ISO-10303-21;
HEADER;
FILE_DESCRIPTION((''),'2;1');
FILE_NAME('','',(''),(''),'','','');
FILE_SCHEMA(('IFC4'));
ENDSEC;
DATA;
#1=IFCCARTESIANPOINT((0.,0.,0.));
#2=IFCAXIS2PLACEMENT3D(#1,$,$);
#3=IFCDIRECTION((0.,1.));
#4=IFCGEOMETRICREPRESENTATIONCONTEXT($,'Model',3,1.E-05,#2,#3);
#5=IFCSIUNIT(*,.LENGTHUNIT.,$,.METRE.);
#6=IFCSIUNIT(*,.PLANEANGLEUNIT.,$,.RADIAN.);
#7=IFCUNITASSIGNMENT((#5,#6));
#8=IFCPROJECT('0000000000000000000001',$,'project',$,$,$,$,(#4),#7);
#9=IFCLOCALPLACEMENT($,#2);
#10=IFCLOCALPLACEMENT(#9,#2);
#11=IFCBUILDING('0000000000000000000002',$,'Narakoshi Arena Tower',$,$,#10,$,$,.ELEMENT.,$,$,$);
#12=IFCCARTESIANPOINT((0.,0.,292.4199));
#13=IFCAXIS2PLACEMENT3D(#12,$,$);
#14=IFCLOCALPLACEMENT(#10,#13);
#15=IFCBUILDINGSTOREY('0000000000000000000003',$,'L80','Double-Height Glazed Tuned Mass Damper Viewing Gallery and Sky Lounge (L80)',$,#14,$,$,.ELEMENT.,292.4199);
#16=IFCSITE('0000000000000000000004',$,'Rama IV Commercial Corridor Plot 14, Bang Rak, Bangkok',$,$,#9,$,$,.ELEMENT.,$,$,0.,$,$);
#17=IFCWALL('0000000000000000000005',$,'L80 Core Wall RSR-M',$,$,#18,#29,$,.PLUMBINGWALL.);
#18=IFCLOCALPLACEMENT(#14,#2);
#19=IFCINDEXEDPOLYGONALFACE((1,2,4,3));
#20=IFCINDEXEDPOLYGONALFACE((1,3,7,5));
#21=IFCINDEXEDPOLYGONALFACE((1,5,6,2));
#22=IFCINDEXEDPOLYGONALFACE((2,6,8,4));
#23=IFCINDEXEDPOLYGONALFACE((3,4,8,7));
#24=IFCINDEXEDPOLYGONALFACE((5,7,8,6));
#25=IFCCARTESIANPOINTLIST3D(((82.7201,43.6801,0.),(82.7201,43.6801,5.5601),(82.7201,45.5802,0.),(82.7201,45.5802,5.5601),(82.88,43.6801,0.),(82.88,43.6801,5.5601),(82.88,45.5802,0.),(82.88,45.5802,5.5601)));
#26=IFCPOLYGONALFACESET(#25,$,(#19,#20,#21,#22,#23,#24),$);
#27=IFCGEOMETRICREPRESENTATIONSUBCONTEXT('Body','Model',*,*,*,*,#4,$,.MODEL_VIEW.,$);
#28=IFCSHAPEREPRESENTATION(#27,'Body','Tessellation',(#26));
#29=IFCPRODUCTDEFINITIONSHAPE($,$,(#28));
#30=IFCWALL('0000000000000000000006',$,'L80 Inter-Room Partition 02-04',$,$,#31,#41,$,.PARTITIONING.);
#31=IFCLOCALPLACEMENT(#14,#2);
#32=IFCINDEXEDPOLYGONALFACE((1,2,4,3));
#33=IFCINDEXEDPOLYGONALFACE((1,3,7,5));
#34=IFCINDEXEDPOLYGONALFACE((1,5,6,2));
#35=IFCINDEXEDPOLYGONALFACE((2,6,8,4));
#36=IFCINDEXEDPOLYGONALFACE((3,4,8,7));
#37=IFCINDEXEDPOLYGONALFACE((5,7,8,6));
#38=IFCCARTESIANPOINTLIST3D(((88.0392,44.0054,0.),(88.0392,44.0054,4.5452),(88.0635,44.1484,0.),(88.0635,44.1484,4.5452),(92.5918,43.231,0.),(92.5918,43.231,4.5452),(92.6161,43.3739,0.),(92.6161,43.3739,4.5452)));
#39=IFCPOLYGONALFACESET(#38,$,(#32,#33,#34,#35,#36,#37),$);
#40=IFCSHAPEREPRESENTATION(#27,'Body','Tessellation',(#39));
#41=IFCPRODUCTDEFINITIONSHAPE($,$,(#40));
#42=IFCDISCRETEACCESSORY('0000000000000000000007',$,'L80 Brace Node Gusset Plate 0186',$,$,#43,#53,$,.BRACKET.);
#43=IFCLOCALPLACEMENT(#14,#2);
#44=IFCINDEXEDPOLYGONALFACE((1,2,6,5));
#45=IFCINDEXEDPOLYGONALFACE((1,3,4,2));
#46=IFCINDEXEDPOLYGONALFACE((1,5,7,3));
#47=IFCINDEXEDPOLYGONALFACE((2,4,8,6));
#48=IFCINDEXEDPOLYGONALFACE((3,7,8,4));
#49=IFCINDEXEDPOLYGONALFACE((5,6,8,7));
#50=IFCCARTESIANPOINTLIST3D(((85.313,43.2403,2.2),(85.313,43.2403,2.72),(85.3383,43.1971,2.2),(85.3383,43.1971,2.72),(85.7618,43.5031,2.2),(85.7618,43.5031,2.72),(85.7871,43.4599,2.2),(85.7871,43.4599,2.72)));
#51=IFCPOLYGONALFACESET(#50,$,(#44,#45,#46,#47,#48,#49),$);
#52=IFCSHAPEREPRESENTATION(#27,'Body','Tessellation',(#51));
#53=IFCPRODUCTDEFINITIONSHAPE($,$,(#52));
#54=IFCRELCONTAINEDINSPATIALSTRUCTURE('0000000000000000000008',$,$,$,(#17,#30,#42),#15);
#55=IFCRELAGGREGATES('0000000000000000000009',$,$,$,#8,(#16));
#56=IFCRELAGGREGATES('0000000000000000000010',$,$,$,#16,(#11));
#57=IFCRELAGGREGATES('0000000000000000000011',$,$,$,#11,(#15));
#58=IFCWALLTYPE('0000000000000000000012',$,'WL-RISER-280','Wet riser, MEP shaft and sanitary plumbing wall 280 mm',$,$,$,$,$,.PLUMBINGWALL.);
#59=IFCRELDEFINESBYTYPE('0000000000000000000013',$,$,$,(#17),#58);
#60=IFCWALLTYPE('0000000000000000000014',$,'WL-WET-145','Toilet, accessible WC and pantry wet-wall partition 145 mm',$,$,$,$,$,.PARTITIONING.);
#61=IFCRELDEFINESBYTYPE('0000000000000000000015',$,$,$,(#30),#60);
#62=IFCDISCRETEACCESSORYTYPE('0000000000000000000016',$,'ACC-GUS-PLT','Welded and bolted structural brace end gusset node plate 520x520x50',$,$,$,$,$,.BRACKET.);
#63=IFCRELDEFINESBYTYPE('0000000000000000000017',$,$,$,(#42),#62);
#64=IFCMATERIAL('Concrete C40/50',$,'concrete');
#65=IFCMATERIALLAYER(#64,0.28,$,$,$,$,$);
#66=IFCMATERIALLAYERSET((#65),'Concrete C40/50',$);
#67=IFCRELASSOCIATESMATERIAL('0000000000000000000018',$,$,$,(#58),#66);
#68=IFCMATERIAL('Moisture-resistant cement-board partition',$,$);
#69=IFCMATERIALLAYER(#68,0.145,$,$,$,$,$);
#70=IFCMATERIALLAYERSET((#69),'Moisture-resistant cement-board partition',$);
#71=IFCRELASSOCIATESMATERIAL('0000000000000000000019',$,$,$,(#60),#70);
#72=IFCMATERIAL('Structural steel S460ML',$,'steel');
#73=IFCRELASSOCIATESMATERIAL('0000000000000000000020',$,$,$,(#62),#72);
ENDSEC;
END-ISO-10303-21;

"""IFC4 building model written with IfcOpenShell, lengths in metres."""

from ifc_helpers import new_model, si_unit, direction, frame, frame_2d, origin, origin_2d, place, context, subcontext, project, spatial, rectangle, extrude, material, layer, layer_set, type_object, element, save


model = new_model("IFC4")

# Units and contexts
model_context = context("Model", 3, precision=1e-05, world=origin(), true_north=direction((0.0, 1.0)))
body_context = subcontext(model_context, "Body", "Model", "MODEL_VIEW")
ifc_project = project(units=[si_unit("LENGTHUNIT", "METRE"), si_unit("PLANEANGLEUNIT", "RADIAN")], contexts=[model_context])

# Site, building, storey
site_placement = place(None, origin())
site = spatial("IfcSite", under=ifc_project, at=site_placement, Name="Rama IV Commercial Corridor Plot 14, Bang Rak, Bangkok", CompositionType="ELEMENT", RefElevation=0.0)
building_placement = place(site_placement, origin())
building = spatial("IfcBuilding", under=site, at=building_placement, Name="Narakoshi Arena Tower", CompositionType="ELEMENT")
storey_placement = place(building_placement, frame((0.0, 0.0, 292.4199)))
storey = spatial("IfcBuildingStorey", under=building, at=storey_placement, Name="L80", Description="Double-Height Glazed Tuned Mass Damper Viewing Gallery and Sky Lounge (L80)", CompositionType="ELEMENT", Elevation=292.4199)

# Shared definitions
ifc_material_1 = material(Name="Structural steel S460ML", Category="steel")

# Walls
ifc_material_2 = material(Name="Concrete C40/50", Category="concrete")
ifc_layer_1 = layer(ifc_material_2, 0.28)
ifc_layer_set_1 = layer_set([ifc_layer_1], Name="Concrete C40/50")
wall_type_1 = type_object("IfcWallType", Name="WL-RISER-280", Description="Wet riser, MEP shaft and sanitary plumbing wall 280 mm", PredefinedType="PLUMBINGWALL", material=ifc_layer_set_1)
wall_1_placement = place(storey_placement, frame((82.8, 43.6799, 0.0), z_axis=(0.0, 0.0, 1.0), x_axis=(0.0, 1.0, 0.0)))
element("IfcWall", 1, at=wall_1_placement, inside=storey, type_object=wall_type_1, Name="L80 Core Wall RSR-M", PredefinedType="PLUMBINGWALL", context=body_context, shape_type="SweptSolid", body=[
    extrude(rectangle(XDim=1.9001, YDim=0.1599, at=frame_2d((0.9502, 0.0))), origin(), (0.0, 0.0, 1.0), 5.5601),
])
ifc_material_3 = material(Name="Moisture-resistant cement-board partition")
ifc_layer_2 = layer(ifc_material_3, 0.145)
ifc_layer_set_2 = layer_set([ifc_layer_2], Name="Moisture-resistant cement-board partition")
wall_type_2 = type_object("IfcWallType", Name="WL-WET-145", Description="Toilet, accessible WC and pantry wet-wall partition 145 mm", PredefinedType="PARTITIONING", material=ifc_layer_set_2)
wall_2_placement = place(storey_placement, frame((88.0513, 44.0769, 0.0), z_axis=(0.0, 0.0, 1.0), x_axis=(0.985838, -0.167699, 0.0)))
element("IfcWall", 2, at=wall_2_placement, inside=storey, type_object=wall_type_2, Name="L80 Inter-Room Partition 02-04", PredefinedType="PARTITIONING", context=body_context, shape_type="SweptSolid", body=[
    extrude(rectangle(XDim=4.6179, YDim=0.145, at=frame_2d((2.3091, 0.0))), origin(), (0.0, 0.0, 1.0), 4.5452),
])

# Discrete accessory
discrete_accessory_type = type_object("IfcDiscreteAccessoryType", Name="ACC-GUS-PLT", Description="Welded and bolted structural brace end gusset node plate 520x520x50", PredefinedType="BRACKET", material=ifc_material_1)
discrete_accessory_placement = place(storey_placement, frame((85.55, 43.3501, 2.2), z_axis=(0.0, 0.0, 1.0), x_axis=(0.862955, 0.505281, 0.0)))
element("IfcDiscreteAccessory", 3, at=discrete_accessory_placement, inside=storey, type_object=discrete_accessory_type, Name="L80 Brace Node Gusset Plate 0186", PredefinedType="BRACKET", context=body_context, shape_type="SweptSolid", body=[
    extrude(rectangle(XDim=0.52, YDim=0.05, at=origin_2d()), origin(), (0.0, 0.0, 1.0), 0.52),
])

save(model, "model.ifc")
